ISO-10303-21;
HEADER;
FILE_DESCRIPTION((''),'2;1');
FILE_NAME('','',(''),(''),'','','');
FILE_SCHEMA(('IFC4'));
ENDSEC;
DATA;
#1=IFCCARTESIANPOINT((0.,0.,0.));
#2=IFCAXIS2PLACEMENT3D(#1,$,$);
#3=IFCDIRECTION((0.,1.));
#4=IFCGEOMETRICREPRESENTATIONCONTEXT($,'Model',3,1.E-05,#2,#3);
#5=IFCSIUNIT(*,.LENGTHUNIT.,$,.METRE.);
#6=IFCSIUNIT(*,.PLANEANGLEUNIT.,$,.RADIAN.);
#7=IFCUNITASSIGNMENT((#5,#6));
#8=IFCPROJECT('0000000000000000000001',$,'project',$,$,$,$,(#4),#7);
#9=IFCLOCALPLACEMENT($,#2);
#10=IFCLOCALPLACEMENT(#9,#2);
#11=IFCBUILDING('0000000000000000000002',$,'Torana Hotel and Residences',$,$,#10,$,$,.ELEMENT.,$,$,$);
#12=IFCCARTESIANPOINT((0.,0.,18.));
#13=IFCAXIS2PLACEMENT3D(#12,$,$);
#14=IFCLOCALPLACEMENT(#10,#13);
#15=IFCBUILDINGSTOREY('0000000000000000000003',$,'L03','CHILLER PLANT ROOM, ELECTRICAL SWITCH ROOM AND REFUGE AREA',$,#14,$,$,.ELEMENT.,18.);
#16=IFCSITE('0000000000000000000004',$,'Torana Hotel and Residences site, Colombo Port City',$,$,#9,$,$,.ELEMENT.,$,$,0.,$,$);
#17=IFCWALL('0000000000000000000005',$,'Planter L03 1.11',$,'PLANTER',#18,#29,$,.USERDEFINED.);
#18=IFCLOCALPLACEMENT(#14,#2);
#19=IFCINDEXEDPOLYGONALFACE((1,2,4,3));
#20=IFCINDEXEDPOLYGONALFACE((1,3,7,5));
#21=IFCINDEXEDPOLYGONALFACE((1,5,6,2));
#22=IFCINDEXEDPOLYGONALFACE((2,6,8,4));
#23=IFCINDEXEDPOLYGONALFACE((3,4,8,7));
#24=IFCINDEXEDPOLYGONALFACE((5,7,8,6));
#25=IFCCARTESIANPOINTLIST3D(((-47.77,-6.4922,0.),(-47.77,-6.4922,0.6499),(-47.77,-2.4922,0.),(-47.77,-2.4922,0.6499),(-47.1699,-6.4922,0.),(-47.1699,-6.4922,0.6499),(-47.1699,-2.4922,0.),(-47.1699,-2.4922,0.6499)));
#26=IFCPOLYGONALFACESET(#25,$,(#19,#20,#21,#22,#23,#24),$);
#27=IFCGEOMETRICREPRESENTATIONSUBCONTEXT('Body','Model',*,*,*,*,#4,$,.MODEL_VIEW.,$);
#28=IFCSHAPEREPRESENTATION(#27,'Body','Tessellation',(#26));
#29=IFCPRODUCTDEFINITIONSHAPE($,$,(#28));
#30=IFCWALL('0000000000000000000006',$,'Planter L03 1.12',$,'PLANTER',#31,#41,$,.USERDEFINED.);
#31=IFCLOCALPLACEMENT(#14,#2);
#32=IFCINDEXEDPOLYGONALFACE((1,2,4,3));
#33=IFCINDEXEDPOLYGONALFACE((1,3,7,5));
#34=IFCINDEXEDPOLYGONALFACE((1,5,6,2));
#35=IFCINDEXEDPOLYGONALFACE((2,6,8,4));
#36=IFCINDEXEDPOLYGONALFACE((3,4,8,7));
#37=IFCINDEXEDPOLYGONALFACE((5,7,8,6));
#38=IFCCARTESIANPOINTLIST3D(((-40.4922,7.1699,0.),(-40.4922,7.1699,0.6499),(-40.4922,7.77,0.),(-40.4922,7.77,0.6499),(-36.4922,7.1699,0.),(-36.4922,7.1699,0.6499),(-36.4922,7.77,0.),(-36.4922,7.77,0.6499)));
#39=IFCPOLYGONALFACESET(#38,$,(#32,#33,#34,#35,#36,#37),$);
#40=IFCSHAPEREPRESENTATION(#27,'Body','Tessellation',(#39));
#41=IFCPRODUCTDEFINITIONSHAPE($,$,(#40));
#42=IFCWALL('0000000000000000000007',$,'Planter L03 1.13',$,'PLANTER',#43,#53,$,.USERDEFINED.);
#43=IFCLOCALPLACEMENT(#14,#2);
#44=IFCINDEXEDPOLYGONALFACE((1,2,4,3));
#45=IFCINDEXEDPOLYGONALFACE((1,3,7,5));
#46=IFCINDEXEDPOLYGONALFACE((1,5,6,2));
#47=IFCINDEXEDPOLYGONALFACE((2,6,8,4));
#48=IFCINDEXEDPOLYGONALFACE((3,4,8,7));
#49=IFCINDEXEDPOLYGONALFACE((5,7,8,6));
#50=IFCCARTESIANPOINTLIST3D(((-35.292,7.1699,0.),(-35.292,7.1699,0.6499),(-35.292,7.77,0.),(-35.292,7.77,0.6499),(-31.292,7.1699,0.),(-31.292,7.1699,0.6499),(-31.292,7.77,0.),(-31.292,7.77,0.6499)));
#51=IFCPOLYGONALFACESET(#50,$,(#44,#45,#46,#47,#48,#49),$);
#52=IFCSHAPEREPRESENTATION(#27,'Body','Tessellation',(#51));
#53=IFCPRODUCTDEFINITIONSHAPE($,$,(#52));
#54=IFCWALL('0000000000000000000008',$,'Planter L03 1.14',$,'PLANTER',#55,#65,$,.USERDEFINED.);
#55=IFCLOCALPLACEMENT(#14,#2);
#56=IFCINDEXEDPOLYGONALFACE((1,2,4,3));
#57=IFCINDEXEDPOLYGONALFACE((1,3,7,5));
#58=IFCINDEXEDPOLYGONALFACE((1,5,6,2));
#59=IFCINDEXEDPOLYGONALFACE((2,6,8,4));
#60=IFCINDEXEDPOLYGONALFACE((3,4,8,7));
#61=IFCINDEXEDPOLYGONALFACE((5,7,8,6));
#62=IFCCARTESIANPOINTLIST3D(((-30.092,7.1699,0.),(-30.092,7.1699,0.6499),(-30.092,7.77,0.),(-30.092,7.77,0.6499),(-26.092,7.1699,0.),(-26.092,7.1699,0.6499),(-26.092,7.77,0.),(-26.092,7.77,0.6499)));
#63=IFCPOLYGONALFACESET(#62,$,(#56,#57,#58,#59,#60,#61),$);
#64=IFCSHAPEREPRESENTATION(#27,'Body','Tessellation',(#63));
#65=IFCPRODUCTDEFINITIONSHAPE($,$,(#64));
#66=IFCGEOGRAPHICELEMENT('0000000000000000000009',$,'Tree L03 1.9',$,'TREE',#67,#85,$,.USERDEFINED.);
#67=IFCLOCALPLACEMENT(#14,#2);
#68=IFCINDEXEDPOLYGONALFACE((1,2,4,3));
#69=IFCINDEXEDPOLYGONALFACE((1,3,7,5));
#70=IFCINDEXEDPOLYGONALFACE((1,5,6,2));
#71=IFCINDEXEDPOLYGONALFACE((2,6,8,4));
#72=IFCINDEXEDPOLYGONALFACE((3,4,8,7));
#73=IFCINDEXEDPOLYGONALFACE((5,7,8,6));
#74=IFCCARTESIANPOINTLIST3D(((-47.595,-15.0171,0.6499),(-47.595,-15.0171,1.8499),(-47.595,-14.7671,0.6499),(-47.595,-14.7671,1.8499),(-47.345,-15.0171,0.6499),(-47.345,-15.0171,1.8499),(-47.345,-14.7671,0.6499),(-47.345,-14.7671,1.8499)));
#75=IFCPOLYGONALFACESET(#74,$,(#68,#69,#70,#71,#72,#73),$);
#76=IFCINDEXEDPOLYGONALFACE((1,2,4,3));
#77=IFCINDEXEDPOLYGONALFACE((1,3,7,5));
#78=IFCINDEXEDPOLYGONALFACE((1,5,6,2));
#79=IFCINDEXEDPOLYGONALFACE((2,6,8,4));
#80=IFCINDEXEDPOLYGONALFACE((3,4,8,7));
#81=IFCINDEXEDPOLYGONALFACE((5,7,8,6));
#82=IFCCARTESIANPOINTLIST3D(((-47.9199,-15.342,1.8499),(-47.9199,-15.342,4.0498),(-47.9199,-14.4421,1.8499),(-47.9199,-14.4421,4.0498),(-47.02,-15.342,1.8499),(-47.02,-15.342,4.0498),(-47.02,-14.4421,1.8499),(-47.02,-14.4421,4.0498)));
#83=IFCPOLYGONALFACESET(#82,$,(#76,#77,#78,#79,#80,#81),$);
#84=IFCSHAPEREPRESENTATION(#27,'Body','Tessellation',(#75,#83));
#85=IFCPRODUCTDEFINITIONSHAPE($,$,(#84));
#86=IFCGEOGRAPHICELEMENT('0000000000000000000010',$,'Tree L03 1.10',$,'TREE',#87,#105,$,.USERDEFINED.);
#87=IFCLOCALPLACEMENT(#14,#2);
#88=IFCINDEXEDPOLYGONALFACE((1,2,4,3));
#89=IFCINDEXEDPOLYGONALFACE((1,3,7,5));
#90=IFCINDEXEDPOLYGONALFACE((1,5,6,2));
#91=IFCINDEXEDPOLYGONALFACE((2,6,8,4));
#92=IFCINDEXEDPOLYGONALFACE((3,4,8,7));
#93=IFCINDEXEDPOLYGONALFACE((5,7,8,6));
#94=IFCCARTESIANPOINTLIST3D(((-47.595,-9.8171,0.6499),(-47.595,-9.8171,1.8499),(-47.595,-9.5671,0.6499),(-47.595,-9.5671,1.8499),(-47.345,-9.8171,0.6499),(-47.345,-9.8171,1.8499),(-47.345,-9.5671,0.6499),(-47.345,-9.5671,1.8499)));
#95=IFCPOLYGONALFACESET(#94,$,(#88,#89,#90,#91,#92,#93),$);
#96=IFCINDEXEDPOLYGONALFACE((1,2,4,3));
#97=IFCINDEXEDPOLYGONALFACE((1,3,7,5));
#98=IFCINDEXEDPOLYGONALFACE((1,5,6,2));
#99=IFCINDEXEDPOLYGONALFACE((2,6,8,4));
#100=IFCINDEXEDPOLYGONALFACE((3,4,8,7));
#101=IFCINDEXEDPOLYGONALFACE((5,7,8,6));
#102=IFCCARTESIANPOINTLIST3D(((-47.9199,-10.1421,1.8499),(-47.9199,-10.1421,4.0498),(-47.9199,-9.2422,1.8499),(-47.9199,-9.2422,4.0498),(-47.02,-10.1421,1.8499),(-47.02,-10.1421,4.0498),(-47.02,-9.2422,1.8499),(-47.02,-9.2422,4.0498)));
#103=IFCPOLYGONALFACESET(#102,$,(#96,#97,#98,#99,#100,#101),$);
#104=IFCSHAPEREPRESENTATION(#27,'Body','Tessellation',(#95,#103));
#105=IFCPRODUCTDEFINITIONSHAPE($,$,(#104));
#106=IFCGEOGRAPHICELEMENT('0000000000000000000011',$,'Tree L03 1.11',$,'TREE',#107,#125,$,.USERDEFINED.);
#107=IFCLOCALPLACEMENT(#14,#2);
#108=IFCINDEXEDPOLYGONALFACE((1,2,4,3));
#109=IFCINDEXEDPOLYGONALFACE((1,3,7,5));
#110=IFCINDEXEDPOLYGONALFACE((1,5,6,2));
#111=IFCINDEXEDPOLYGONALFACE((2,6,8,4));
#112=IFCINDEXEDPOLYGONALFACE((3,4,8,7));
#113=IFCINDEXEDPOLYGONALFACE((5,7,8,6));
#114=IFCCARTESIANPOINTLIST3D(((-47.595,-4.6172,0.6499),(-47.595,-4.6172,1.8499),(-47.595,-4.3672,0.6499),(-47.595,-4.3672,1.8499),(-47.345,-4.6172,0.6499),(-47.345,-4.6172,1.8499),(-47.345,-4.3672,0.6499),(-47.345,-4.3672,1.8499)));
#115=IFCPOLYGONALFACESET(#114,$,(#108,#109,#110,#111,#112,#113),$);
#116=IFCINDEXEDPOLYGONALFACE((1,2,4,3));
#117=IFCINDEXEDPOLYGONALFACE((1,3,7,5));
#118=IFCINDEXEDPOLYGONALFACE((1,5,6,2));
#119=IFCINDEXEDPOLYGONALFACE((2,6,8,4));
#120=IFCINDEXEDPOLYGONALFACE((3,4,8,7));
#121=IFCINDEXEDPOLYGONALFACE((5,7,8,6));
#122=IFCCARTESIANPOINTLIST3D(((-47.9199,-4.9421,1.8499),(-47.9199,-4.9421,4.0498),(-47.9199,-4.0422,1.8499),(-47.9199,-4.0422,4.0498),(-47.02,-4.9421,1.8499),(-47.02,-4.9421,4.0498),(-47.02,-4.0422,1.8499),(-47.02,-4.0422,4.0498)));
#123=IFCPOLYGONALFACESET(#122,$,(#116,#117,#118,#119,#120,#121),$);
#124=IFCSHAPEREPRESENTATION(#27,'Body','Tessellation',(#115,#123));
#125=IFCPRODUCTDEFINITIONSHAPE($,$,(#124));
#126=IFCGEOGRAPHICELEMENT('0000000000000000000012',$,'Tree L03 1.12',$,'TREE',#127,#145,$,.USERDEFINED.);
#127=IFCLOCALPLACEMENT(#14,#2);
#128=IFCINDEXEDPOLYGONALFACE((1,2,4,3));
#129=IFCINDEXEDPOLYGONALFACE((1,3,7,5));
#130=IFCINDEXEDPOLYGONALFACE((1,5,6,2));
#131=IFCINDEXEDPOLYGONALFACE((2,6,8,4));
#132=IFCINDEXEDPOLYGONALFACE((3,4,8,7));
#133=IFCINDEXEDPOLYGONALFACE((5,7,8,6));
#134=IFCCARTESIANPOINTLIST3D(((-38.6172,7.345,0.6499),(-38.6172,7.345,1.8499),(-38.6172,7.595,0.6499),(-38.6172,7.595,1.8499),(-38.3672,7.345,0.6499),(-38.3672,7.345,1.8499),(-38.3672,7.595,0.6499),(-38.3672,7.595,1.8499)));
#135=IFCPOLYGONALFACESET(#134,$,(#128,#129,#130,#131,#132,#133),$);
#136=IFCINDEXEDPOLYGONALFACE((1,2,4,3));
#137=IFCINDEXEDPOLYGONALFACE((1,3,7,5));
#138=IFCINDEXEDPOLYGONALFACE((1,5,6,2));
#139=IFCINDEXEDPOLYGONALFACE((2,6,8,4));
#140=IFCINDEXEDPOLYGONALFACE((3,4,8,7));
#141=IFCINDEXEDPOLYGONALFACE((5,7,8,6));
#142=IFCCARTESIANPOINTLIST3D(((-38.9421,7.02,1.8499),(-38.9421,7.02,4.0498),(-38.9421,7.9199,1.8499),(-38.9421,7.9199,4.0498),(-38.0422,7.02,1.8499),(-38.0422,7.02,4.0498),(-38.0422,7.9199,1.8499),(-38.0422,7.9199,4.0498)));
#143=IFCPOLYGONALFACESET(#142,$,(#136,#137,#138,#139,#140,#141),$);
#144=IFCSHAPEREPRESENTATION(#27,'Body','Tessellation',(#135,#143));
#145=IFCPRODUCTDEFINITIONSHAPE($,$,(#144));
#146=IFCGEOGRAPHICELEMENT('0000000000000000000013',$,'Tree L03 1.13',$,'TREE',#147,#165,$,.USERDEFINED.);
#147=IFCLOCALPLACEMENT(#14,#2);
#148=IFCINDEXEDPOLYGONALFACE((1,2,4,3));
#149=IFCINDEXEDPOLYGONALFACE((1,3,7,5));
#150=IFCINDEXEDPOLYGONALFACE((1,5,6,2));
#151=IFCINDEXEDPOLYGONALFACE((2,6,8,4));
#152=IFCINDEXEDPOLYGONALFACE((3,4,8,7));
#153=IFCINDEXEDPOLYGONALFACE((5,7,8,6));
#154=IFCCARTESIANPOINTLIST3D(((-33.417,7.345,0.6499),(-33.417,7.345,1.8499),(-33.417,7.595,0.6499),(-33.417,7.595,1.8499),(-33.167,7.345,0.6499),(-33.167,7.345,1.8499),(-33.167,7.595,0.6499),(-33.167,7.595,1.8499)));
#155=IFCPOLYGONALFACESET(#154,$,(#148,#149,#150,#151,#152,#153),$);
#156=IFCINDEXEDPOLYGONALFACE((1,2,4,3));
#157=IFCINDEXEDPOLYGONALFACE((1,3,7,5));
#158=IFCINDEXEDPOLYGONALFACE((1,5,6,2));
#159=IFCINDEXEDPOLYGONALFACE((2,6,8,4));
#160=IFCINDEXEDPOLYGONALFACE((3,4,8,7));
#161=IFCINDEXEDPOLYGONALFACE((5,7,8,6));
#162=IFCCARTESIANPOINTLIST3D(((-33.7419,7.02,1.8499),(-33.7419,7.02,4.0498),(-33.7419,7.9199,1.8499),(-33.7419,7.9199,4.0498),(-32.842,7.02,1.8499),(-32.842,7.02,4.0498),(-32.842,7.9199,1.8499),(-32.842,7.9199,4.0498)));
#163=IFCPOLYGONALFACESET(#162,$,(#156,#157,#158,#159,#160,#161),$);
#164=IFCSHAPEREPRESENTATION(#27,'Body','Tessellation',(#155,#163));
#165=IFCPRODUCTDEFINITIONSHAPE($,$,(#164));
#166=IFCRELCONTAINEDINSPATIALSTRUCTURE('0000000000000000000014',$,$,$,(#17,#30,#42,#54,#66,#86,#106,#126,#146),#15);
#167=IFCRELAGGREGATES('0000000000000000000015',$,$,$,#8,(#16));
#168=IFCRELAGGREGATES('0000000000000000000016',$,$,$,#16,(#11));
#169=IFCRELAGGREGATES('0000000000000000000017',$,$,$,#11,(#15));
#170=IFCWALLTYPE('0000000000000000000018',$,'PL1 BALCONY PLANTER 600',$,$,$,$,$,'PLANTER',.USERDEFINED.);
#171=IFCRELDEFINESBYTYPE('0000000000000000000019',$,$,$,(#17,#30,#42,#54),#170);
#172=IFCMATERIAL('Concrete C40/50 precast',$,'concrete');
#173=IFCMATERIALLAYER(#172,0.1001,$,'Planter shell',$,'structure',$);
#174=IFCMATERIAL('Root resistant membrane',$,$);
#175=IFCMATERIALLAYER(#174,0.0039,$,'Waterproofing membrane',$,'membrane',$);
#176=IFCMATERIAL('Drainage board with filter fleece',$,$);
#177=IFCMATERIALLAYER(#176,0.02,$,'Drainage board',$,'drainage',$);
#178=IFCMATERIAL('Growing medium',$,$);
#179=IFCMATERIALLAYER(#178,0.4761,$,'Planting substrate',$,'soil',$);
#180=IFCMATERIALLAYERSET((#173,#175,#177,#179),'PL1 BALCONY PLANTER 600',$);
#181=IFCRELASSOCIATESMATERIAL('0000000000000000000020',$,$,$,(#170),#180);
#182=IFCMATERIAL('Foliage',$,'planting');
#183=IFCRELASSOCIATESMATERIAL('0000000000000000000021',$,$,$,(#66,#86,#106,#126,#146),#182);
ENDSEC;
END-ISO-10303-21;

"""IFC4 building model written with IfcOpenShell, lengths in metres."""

from ifc_helpers import new_model, si_unit, direction, frame, frame_2d, origin, origin_2d, place, context, subcontext, project, spatial, rectangle, extrude, material, layer, layer_set, type_object, element, save


model = new_model("IFC4")

# Units and contexts
model_context = context("Model", 3, precision=1e-05, world=origin(), true_north=direction((0.0, 1.0)))
body_context = subcontext(model_context, "Body", "Model", "MODEL_VIEW")
ifc_project = project(units=[si_unit("LENGTHUNIT", "METRE"), si_unit("PLANEANGLEUNIT", "RADIAN")], contexts=[model_context])

# Site, building, storey
site_placement = place(None, origin())
site = spatial("IfcSite", under=ifc_project, at=site_placement, Name="Torana Hotel and Residences site, Colombo Port City", CompositionType="ELEMENT", RefElevation=0.0)
building_placement = place(site_placement, origin())
building = spatial("IfcBuilding", under=site, at=building_placement, Name="Torana Hotel and Residences", CompositionType="ELEMENT")
storey_placement = place(building_placement, frame((0.0, 0.0, 18.0)))
storey = spatial("IfcBuildingStorey", under=building, at=storey_placement, Name="L03", Description="CHILLER PLANT ROOM, ELECTRICAL SWITCH ROOM AND REFUGE AREA", CompositionType="ELEMENT", Elevation=18.0)

# Walls
ifc_material_1 = material(Name="Concrete C40/50 precast", Category="concrete")
ifc_layer_1 = layer(ifc_material_1, 0.1001, Name="Planter shell", Category="structure")
ifc_material_2 = material(Name="Root resistant membrane")
ifc_layer_2 = layer(ifc_material_2, 0.0039, Name="Waterproofing membrane", Category="membrane")
ifc_material_3 = material(Name="Drainage board with filter fleece")
ifc_layer_3 = layer(ifc_material_3, 0.02, Name="Drainage board", Category="drainage")
ifc_material_4 = material(Name="Growing medium")
ifc_layer_4 = layer(ifc_material_4, 0.4761, Name="Planting substrate", Category="soil")
ifc_layer_set_1 = layer_set([ifc_layer_1, ifc_layer_2, ifc_layer_3, ifc_layer_4], Name="PL1 BALCONY PLANTER 600")
wall_type_1 = type_object("IfcWallType", Name="PL1 BALCONY PLANTER 600", ElementType="PLANTER", PredefinedType="USERDEFINED", material=ifc_layer_set_1)
for number, where, z_axis, x_axis, name in (
    (1, (-47.47, -6.4922, 0.0), (0.0, 0.0, 1.0), (0.0, 1.0, 0.0), "Planter L03 1.11"),
    (2, (-40.4922, 7.47, 0.0), (0.0, 0.0, 1.0), (1.0, 0.0, 0.0), "Planter L03 1.12"),
    (3, (-35.292, 7.47, 0.0), (0.0, 0.0, 1.0), (1.0, 0.0, 0.0), "Planter L03 1.13"),
    (4, (-30.092, 7.47, 0.0), (0.0, 0.0, 1.0), (1.0, 0.0, 0.0), "Planter L03 1.14"),
):
    element("IfcWall", number, at=place(storey_placement, frame(where, z_axis=z_axis, x_axis=x_axis)), inside=storey, type_object=wall_type_1, Name=name, ObjectType="PLANTER", PredefinedType="USERDEFINED", context=body_context, shape_type="SweptSolid", body=[
        extrude(rectangle(XDim=4.0, YDim=0.6001, at=frame_2d((2.0, 0.0))), origin(), (0.0, 0.0, 1.0), 0.6499),
    ])

# Geographic elements
ifc_material_5 = material(Name="Foliage", Category="planting")
for number, where, z_axis, x_axis, name in (
    (5, (-47.47, -14.8921, 0.6499), (0.0, 0.0, 1.0), (1.0, 0.0, 0.0), "Tree L03 1.9"),
    (6, (-47.47, -9.6921, 0.6499), (0.0, 0.0, 1.0), (1.0, 0.0, 0.0), "Tree L03 1.10"),
    (7, (-47.47, -4.4922, 0.6499), (0.0, 0.0, 1.0), (1.0, 0.0, 0.0), "Tree L03 1.11"),
    (8, (-38.4922, 7.47, 0.6499), (0.0, 0.0, 1.0), (1.0, 0.0, 0.0), "Tree L03 1.12"),
    (9, (-33.292, 7.47, 0.6499), (0.0, 0.0, 1.0), (1.0, 0.0, 0.0), "Tree L03 1.13"),
):
    element("IfcGeographicElement", number, at=place(storey_placement, frame(where, z_axis=z_axis, x_axis=x_axis)), inside=storey, material=ifc_material_5, Name=name, ObjectType="TREE", PredefinedType="USERDEFINED", context=body_context, shape_type="SweptSolid", body=[
        extrude(rectangle(XDim=0.25, YDim=0.25, at=origin_2d()), origin(), (0.0, 0.0, 1.0), 1.2),
        extrude(rectangle(XDim=0.8999, YDim=0.8999, at=origin_2d()), frame((0.0, 0.0, 1.2)), (0.0, 0.0, 1.0), 2.2),
    ])

save(model, "model.ifc")
